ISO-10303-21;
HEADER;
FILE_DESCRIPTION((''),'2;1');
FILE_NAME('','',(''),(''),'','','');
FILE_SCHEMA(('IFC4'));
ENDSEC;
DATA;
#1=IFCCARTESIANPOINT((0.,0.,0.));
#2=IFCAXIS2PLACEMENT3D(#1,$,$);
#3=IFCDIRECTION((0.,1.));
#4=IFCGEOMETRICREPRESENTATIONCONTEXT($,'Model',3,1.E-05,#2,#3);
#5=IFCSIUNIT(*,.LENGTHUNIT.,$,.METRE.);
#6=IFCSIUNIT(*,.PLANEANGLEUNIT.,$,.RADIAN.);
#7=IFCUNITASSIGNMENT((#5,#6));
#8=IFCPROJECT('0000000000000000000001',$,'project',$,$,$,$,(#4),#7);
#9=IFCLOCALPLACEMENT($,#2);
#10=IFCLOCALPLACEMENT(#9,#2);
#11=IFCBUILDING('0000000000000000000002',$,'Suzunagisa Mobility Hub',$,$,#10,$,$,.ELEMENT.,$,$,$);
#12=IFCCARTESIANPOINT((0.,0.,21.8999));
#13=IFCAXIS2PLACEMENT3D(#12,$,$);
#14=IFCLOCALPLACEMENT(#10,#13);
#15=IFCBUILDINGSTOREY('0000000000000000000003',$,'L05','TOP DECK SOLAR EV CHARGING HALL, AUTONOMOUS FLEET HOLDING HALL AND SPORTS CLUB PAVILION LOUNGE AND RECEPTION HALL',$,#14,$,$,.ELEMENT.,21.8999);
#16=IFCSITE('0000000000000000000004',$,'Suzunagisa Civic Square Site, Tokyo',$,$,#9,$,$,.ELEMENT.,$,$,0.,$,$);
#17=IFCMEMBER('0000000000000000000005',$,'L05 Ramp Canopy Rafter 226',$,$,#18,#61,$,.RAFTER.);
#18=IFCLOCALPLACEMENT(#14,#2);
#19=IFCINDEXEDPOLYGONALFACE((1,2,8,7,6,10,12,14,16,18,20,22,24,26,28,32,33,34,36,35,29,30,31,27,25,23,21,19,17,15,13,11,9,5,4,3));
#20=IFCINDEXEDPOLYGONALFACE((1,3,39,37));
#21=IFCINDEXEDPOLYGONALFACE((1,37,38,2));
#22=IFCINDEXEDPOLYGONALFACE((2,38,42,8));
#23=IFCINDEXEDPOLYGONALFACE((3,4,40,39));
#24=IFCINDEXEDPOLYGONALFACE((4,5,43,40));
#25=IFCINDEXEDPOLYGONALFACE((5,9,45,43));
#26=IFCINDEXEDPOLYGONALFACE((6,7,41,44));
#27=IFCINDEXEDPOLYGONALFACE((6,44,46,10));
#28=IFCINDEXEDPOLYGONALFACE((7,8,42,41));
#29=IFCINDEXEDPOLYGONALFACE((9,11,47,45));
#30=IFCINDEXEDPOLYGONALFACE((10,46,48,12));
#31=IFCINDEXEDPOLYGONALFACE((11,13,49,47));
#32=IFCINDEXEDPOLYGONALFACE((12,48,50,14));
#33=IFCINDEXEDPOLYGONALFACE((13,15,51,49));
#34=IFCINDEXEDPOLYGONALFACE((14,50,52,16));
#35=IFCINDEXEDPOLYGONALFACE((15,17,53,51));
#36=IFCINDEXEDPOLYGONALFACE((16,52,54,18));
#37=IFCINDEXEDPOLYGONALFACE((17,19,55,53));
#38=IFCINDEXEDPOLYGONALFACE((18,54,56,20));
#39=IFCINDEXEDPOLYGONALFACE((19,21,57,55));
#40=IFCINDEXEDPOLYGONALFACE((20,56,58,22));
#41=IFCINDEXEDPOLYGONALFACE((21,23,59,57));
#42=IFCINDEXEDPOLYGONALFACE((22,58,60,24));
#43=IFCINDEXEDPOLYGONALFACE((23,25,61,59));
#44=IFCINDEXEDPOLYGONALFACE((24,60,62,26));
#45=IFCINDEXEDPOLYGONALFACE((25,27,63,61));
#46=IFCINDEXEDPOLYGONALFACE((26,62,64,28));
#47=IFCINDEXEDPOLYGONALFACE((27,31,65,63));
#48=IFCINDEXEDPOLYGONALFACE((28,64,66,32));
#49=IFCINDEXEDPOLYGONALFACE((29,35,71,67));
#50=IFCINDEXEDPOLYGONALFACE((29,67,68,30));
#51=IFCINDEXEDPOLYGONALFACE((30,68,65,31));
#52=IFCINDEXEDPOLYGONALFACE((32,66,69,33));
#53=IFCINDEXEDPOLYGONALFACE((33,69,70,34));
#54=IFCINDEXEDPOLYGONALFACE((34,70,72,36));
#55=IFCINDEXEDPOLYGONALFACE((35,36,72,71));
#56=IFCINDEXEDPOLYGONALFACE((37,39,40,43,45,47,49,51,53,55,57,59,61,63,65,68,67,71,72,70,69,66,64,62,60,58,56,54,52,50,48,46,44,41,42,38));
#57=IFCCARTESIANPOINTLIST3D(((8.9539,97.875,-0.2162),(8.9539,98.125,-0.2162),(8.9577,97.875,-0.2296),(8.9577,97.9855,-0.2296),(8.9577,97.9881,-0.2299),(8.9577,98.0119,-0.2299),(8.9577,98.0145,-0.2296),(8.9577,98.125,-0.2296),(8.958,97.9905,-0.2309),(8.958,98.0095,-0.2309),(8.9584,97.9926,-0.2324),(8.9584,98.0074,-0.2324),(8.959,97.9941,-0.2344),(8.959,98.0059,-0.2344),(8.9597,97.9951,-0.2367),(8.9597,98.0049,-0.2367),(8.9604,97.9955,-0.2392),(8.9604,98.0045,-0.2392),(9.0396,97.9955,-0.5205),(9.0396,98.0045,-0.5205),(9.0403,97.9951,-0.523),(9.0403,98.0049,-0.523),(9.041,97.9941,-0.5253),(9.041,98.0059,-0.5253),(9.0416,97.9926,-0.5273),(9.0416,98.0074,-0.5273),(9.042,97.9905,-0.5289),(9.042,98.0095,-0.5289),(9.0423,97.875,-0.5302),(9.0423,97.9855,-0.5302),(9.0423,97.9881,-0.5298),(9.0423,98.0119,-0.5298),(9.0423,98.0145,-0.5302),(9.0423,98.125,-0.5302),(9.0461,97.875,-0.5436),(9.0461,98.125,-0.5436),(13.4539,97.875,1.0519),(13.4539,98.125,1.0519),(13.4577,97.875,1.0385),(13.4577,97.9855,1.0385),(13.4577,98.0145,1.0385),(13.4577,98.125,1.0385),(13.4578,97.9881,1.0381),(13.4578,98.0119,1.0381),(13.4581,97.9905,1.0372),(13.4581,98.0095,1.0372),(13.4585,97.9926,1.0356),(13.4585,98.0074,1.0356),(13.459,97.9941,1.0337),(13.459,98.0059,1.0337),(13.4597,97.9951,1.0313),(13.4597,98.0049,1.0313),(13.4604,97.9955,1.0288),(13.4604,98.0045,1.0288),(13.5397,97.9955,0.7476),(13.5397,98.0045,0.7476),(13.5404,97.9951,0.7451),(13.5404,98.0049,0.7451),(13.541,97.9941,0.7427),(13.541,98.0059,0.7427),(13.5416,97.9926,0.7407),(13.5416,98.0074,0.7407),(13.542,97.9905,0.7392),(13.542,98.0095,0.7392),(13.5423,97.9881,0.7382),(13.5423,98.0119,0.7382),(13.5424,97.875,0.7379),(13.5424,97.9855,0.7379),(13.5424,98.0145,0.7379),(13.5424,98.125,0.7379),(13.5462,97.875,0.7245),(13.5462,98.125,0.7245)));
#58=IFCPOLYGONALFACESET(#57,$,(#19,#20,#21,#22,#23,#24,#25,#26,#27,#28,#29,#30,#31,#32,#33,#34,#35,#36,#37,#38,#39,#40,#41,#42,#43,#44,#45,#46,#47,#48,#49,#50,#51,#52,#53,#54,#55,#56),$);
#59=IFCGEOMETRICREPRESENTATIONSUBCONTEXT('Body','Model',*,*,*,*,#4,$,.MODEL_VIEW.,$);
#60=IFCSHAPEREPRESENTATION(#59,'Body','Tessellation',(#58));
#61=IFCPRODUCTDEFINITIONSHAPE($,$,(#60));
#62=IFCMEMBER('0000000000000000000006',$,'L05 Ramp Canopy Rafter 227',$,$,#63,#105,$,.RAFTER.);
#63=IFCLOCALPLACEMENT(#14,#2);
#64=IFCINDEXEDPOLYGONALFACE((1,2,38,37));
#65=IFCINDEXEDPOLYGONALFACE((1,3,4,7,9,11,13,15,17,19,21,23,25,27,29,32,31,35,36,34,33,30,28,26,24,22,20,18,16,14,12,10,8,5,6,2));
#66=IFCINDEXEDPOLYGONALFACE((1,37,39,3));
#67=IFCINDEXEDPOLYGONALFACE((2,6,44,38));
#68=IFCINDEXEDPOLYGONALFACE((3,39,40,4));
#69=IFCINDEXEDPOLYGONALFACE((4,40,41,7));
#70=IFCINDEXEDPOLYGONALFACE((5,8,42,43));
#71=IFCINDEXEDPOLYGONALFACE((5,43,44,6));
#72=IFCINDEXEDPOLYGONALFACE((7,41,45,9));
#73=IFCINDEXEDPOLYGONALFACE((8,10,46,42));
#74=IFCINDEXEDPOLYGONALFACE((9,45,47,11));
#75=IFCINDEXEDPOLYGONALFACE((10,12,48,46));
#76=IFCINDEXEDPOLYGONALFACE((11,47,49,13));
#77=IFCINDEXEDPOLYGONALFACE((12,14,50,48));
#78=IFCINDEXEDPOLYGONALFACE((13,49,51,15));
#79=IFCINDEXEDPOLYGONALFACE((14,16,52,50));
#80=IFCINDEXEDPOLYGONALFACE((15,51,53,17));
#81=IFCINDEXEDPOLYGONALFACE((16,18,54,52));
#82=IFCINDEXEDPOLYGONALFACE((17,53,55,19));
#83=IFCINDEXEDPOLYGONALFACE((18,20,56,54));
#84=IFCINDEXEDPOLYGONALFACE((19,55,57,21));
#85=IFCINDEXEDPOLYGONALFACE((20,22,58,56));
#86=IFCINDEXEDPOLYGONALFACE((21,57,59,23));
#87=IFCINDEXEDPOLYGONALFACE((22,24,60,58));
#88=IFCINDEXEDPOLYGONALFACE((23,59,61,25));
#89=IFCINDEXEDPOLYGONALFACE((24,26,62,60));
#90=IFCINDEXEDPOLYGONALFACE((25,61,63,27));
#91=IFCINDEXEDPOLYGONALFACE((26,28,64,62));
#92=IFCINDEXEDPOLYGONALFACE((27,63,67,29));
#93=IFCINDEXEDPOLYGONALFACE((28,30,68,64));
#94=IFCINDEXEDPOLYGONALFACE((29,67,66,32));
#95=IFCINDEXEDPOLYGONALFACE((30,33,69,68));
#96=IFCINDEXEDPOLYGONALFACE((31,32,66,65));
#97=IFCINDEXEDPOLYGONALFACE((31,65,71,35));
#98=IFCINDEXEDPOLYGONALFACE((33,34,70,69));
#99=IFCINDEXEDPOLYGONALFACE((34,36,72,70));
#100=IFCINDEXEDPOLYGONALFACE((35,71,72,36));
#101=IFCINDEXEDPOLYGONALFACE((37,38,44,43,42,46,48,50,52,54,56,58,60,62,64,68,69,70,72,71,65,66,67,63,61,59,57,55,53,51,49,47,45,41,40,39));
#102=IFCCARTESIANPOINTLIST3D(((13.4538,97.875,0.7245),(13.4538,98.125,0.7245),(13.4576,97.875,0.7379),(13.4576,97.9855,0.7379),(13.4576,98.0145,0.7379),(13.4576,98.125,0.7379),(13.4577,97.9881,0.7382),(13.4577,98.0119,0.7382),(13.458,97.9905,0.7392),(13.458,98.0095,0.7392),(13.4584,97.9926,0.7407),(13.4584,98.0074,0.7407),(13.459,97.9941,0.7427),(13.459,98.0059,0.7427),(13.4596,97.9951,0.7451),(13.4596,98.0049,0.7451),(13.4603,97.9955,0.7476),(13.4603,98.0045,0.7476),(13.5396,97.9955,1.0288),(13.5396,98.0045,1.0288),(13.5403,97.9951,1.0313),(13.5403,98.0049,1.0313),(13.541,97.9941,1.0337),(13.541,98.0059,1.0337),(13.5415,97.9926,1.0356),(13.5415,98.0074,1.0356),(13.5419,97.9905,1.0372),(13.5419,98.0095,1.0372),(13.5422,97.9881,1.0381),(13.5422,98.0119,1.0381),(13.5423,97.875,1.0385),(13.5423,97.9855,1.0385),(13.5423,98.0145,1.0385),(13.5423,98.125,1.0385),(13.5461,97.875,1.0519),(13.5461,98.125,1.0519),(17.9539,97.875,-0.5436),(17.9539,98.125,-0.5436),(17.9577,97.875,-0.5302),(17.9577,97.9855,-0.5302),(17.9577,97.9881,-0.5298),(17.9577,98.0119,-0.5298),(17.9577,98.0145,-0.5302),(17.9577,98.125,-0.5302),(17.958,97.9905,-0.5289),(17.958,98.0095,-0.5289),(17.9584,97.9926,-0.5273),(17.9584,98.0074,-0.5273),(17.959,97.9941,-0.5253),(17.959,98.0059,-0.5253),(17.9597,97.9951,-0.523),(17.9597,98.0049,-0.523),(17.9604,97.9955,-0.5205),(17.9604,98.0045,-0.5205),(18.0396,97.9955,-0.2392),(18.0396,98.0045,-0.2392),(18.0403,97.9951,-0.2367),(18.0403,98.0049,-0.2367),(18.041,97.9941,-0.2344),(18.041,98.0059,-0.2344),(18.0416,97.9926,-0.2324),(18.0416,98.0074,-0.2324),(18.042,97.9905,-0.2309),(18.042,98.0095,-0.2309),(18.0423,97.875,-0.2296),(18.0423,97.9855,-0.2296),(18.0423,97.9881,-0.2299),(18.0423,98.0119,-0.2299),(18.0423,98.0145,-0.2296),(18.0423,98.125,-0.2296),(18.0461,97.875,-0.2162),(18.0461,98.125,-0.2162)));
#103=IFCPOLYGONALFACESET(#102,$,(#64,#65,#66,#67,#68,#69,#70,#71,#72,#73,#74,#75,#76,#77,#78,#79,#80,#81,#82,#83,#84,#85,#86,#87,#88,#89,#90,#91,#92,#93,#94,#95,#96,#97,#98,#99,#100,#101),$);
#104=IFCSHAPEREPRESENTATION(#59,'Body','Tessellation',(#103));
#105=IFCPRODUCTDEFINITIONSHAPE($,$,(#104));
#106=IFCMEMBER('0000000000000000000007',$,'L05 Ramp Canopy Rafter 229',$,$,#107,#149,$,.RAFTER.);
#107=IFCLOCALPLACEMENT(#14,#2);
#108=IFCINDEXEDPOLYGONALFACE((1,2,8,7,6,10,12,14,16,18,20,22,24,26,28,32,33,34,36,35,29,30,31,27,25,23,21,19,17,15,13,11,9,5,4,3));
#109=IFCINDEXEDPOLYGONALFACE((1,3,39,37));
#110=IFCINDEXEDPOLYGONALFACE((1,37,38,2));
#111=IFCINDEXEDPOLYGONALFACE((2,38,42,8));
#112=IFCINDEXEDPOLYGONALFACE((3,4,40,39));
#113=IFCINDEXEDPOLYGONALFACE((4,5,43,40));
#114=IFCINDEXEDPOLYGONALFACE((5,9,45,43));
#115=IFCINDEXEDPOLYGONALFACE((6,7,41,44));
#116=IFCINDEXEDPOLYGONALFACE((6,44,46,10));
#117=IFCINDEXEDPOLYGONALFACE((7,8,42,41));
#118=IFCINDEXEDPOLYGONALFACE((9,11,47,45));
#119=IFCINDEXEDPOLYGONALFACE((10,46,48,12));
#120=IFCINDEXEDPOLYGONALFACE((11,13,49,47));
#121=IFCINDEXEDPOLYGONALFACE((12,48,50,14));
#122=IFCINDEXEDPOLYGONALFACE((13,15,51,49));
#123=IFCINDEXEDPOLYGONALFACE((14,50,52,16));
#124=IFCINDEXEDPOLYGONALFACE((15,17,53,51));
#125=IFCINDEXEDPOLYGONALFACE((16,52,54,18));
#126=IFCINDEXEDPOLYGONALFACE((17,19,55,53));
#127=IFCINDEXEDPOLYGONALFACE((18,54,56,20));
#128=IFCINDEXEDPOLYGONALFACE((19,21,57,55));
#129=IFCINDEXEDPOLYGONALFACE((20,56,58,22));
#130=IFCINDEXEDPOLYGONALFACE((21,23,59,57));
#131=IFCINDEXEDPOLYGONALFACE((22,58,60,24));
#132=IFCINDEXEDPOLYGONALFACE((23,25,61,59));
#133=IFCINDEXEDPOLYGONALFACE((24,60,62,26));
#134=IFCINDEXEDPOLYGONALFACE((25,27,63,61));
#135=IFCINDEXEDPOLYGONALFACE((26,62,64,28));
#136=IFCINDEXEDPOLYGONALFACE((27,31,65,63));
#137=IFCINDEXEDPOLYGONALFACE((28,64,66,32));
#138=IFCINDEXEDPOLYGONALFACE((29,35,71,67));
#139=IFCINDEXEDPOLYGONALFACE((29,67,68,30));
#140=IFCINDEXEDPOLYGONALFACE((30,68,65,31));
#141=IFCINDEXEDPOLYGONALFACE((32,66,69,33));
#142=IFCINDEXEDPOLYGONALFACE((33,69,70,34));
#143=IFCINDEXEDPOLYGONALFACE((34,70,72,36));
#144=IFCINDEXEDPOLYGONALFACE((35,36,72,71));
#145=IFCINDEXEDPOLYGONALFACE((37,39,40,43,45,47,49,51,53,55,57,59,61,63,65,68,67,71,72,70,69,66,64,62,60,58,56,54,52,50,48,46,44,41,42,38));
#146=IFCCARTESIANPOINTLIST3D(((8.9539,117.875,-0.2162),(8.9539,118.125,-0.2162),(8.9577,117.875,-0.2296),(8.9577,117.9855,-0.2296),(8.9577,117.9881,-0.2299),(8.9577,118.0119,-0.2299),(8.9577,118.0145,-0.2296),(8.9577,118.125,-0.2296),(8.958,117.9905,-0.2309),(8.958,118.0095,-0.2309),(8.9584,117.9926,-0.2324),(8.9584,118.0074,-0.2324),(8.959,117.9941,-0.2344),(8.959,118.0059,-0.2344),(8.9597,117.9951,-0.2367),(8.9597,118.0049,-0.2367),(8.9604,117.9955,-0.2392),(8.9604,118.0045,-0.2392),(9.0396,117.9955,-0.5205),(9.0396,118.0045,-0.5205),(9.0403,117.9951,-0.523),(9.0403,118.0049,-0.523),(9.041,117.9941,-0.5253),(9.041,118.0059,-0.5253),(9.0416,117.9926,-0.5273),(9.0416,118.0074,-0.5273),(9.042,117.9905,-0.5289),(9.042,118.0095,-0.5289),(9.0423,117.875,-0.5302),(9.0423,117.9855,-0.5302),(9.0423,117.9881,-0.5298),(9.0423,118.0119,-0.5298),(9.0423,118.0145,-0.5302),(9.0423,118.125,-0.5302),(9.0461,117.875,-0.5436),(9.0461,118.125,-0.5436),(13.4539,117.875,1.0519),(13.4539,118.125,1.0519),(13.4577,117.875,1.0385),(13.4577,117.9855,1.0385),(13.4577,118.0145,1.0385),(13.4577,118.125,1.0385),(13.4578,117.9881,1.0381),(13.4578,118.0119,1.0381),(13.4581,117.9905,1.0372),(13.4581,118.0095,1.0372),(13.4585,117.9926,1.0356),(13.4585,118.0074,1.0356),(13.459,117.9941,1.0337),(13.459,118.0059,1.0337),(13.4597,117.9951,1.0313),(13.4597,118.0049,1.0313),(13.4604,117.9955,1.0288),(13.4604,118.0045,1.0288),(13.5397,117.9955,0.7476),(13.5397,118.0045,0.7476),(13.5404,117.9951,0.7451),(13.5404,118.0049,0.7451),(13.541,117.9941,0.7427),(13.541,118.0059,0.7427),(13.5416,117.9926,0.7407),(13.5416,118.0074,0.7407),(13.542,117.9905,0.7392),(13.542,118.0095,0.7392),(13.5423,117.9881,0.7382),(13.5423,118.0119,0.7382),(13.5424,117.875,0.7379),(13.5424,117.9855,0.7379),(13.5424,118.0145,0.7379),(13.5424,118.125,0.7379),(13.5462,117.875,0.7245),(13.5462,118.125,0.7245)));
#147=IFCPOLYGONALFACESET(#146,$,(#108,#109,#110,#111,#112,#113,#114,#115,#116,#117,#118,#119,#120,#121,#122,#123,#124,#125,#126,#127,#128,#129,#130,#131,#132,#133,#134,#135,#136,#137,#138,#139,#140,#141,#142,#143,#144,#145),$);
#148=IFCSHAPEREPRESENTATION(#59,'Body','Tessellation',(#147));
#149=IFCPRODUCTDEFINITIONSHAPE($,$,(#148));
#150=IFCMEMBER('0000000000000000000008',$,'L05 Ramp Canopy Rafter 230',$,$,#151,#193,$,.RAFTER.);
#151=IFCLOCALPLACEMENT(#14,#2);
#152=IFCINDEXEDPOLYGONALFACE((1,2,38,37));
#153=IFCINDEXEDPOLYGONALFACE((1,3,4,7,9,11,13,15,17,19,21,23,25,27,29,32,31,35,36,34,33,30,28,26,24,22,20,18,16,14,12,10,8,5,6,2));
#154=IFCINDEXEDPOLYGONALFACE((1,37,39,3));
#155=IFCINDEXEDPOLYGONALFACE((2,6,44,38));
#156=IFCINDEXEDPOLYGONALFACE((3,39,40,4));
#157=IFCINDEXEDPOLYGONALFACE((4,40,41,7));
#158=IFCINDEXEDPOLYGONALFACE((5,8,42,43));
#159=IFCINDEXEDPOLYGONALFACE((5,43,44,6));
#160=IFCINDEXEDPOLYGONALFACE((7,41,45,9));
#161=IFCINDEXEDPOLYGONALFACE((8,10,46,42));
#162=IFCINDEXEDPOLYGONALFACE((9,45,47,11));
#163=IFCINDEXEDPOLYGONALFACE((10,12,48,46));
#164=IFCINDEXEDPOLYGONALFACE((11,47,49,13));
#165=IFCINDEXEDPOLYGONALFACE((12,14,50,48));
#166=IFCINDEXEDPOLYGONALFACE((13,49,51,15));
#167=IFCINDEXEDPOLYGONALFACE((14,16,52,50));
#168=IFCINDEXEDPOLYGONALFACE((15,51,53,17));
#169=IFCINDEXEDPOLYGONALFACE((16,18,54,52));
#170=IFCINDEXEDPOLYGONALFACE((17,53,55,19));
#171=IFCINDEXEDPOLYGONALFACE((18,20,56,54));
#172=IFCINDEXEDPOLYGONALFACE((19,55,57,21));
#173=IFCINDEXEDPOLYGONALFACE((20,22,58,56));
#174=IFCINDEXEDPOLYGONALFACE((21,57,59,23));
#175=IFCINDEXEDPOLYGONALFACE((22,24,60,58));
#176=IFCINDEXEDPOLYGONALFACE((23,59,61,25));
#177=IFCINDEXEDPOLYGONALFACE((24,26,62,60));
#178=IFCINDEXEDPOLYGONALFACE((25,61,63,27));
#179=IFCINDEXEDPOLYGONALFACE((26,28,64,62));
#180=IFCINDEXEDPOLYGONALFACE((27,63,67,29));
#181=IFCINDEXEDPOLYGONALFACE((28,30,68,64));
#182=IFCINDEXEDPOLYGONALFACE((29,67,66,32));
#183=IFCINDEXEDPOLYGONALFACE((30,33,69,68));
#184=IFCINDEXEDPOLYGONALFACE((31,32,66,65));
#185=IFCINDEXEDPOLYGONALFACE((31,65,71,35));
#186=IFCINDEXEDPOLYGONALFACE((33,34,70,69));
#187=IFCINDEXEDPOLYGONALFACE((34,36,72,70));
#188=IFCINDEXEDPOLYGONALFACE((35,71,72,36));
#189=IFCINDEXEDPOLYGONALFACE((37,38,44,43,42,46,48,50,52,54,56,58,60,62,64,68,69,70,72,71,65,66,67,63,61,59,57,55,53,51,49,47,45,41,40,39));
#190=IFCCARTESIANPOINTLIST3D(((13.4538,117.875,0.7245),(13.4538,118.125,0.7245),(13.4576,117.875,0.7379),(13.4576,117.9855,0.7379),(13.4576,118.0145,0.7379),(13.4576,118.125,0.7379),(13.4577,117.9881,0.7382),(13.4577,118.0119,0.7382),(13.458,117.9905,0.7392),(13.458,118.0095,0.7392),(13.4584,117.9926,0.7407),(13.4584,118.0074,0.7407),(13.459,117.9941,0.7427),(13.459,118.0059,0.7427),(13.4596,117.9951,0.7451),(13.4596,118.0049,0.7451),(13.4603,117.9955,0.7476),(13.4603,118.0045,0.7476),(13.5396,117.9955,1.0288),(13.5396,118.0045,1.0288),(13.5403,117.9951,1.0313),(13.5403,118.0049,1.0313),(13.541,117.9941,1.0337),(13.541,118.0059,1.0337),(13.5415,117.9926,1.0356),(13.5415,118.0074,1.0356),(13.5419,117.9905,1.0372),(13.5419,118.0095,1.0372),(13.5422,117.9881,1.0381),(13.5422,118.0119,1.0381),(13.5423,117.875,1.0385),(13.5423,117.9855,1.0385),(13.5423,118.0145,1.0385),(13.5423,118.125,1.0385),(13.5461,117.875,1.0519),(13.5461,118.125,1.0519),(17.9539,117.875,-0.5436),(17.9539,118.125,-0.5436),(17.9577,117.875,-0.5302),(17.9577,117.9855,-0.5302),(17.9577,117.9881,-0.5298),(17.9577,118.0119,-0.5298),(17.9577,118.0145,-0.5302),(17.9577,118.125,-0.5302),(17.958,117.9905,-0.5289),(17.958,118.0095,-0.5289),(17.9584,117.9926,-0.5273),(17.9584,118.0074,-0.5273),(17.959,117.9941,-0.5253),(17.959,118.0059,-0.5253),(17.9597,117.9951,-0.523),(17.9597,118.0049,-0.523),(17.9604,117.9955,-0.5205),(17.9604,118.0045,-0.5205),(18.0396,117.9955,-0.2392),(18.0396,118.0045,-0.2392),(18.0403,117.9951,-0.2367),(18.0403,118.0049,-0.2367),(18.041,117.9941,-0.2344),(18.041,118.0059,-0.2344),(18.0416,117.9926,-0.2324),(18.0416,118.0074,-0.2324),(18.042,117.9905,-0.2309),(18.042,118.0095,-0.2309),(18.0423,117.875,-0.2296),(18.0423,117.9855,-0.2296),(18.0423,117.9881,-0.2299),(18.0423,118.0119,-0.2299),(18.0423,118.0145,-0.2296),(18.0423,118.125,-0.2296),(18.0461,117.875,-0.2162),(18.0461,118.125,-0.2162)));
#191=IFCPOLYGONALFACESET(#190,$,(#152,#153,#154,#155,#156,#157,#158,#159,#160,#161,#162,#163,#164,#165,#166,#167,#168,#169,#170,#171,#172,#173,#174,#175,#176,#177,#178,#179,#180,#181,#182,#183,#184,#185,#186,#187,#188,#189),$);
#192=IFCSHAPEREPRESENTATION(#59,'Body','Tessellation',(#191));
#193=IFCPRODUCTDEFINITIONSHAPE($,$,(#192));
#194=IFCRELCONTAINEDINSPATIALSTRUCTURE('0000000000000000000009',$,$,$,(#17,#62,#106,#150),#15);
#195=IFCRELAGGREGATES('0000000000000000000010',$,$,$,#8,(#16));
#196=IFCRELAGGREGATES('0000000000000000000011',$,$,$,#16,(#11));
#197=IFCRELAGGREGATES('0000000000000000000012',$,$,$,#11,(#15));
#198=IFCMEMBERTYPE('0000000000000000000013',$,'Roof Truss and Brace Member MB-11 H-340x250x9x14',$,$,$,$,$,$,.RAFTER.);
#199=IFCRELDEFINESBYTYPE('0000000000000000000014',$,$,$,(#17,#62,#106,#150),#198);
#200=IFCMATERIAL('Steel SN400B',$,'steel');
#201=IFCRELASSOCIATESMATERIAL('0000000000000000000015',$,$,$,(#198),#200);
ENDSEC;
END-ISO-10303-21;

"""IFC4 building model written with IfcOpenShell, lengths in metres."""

from ifc_helpers import new_model, si_unit, direction, frame, origin, origin_2d, place, context, subcontext, project, spatial, i_section, extrude, material, material_profile, profile_set, type_object, element, save


model = new_model("IFC4")

# Units and contexts
model_context = context("Model", 3, precision=1e-05, world=origin(), true_north=direction((0.0, 1.0)))
body_context = subcontext(model_context, "Body", "Model", "MODEL_VIEW")
ifc_project = project(units=[si_unit("LENGTHUNIT", "METRE"), si_unit("PLANEANGLEUNIT", "RADIAN")], contexts=[model_context])

# Site, building, storey
site_placement = place(None, origin())
site = spatial("IfcSite", under=ifc_project, at=site_placement, Name="Suzunagisa Civic Square Site, Tokyo", CompositionType="ELEMENT", RefElevation=0.0)
building_placement = place(site_placement, origin())
building = spatial("IfcBuilding", under=site, at=building_placement, Name="Suzunagisa Mobility Hub", CompositionType="ELEMENT")
storey_placement = place(building_placement, frame((0.0, 0.0, 21.8999)))
storey = spatial("IfcBuildingStorey", under=building, at=storey_placement, Name="L05", Description="TOP DECK SOLAR EV CHARGING HALL, AUTONOMOUS FLEET HOLDING HALL AND SPORTS CLUB PAVILION LOUNGE AND RECEPTION HALL", CompositionType="ELEMENT", Elevation=21.8999)

# Members
ifc_material_1 = material(Name="Steel SN400B", Category="steel")
ifc_material_profile_1 = material_profile(ifc_material_1, i_section(OverallWidth=0.25, OverallDepth=0.3401, WebThickness=0.009, FlangeThickness=0.0139, FilletRadius=0.01, at=origin_2d()), Name="H-340x250x9x14")
ifc_profile_set_1 = profile_set([ifc_material_profile_1], Name="Steel SN400B")
member_type_1 = type_object("IfcMemberType", Name="Roof Truss and Brace Member MB-11 H-340x250x9x14", PredefinedType="RAFTER", material=ifc_profile_set_1)
for number, where, z_axis, x_axis, name in (
    (1, (9.0, 98.0, -0.3799), (0.962515, 0.0, 0.271229), (0.0, 1.0, 0.0), "L05 Ramp Canopy Rafter 226"),
    (2, (18.0, 98.0, -0.3799), (-0.962515, 0.0, 0.271229), (0.0, -1.0, 0.0), "L05 Ramp Canopy Rafter 227"),
    (3, (9.0, 118.0, -0.3799), (0.962515, 0.0, 0.271229), (0.0, 1.0, 0.0), "L05 Ramp Canopy Rafter 229"),
    (4, (18.0, 118.0, -0.3799), (-0.962515, 0.0, 0.271229), (0.0, -1.0, 0.0), "L05 Ramp Canopy Rafter 230"),
):
    element("IfcMember", number, at=place(storey_placement, frame(where, z_axis=z_axis, x_axis=x_axis)), inside=storey, type_object=member_type_1, Name=name, PredefinedType="RAFTER", context=body_context, shape_type="SweptSolid", body=[
        extrude(i_section(OverallWidth=0.25, OverallDepth=0.3401, WebThickness=0.009, FlangeThickness=0.0139, FilletRadius=0.01, at=origin_2d()), origin(), (0.0, 0.0, 1.0), 4.6753),
    ])

save(model, "model.ifc")
